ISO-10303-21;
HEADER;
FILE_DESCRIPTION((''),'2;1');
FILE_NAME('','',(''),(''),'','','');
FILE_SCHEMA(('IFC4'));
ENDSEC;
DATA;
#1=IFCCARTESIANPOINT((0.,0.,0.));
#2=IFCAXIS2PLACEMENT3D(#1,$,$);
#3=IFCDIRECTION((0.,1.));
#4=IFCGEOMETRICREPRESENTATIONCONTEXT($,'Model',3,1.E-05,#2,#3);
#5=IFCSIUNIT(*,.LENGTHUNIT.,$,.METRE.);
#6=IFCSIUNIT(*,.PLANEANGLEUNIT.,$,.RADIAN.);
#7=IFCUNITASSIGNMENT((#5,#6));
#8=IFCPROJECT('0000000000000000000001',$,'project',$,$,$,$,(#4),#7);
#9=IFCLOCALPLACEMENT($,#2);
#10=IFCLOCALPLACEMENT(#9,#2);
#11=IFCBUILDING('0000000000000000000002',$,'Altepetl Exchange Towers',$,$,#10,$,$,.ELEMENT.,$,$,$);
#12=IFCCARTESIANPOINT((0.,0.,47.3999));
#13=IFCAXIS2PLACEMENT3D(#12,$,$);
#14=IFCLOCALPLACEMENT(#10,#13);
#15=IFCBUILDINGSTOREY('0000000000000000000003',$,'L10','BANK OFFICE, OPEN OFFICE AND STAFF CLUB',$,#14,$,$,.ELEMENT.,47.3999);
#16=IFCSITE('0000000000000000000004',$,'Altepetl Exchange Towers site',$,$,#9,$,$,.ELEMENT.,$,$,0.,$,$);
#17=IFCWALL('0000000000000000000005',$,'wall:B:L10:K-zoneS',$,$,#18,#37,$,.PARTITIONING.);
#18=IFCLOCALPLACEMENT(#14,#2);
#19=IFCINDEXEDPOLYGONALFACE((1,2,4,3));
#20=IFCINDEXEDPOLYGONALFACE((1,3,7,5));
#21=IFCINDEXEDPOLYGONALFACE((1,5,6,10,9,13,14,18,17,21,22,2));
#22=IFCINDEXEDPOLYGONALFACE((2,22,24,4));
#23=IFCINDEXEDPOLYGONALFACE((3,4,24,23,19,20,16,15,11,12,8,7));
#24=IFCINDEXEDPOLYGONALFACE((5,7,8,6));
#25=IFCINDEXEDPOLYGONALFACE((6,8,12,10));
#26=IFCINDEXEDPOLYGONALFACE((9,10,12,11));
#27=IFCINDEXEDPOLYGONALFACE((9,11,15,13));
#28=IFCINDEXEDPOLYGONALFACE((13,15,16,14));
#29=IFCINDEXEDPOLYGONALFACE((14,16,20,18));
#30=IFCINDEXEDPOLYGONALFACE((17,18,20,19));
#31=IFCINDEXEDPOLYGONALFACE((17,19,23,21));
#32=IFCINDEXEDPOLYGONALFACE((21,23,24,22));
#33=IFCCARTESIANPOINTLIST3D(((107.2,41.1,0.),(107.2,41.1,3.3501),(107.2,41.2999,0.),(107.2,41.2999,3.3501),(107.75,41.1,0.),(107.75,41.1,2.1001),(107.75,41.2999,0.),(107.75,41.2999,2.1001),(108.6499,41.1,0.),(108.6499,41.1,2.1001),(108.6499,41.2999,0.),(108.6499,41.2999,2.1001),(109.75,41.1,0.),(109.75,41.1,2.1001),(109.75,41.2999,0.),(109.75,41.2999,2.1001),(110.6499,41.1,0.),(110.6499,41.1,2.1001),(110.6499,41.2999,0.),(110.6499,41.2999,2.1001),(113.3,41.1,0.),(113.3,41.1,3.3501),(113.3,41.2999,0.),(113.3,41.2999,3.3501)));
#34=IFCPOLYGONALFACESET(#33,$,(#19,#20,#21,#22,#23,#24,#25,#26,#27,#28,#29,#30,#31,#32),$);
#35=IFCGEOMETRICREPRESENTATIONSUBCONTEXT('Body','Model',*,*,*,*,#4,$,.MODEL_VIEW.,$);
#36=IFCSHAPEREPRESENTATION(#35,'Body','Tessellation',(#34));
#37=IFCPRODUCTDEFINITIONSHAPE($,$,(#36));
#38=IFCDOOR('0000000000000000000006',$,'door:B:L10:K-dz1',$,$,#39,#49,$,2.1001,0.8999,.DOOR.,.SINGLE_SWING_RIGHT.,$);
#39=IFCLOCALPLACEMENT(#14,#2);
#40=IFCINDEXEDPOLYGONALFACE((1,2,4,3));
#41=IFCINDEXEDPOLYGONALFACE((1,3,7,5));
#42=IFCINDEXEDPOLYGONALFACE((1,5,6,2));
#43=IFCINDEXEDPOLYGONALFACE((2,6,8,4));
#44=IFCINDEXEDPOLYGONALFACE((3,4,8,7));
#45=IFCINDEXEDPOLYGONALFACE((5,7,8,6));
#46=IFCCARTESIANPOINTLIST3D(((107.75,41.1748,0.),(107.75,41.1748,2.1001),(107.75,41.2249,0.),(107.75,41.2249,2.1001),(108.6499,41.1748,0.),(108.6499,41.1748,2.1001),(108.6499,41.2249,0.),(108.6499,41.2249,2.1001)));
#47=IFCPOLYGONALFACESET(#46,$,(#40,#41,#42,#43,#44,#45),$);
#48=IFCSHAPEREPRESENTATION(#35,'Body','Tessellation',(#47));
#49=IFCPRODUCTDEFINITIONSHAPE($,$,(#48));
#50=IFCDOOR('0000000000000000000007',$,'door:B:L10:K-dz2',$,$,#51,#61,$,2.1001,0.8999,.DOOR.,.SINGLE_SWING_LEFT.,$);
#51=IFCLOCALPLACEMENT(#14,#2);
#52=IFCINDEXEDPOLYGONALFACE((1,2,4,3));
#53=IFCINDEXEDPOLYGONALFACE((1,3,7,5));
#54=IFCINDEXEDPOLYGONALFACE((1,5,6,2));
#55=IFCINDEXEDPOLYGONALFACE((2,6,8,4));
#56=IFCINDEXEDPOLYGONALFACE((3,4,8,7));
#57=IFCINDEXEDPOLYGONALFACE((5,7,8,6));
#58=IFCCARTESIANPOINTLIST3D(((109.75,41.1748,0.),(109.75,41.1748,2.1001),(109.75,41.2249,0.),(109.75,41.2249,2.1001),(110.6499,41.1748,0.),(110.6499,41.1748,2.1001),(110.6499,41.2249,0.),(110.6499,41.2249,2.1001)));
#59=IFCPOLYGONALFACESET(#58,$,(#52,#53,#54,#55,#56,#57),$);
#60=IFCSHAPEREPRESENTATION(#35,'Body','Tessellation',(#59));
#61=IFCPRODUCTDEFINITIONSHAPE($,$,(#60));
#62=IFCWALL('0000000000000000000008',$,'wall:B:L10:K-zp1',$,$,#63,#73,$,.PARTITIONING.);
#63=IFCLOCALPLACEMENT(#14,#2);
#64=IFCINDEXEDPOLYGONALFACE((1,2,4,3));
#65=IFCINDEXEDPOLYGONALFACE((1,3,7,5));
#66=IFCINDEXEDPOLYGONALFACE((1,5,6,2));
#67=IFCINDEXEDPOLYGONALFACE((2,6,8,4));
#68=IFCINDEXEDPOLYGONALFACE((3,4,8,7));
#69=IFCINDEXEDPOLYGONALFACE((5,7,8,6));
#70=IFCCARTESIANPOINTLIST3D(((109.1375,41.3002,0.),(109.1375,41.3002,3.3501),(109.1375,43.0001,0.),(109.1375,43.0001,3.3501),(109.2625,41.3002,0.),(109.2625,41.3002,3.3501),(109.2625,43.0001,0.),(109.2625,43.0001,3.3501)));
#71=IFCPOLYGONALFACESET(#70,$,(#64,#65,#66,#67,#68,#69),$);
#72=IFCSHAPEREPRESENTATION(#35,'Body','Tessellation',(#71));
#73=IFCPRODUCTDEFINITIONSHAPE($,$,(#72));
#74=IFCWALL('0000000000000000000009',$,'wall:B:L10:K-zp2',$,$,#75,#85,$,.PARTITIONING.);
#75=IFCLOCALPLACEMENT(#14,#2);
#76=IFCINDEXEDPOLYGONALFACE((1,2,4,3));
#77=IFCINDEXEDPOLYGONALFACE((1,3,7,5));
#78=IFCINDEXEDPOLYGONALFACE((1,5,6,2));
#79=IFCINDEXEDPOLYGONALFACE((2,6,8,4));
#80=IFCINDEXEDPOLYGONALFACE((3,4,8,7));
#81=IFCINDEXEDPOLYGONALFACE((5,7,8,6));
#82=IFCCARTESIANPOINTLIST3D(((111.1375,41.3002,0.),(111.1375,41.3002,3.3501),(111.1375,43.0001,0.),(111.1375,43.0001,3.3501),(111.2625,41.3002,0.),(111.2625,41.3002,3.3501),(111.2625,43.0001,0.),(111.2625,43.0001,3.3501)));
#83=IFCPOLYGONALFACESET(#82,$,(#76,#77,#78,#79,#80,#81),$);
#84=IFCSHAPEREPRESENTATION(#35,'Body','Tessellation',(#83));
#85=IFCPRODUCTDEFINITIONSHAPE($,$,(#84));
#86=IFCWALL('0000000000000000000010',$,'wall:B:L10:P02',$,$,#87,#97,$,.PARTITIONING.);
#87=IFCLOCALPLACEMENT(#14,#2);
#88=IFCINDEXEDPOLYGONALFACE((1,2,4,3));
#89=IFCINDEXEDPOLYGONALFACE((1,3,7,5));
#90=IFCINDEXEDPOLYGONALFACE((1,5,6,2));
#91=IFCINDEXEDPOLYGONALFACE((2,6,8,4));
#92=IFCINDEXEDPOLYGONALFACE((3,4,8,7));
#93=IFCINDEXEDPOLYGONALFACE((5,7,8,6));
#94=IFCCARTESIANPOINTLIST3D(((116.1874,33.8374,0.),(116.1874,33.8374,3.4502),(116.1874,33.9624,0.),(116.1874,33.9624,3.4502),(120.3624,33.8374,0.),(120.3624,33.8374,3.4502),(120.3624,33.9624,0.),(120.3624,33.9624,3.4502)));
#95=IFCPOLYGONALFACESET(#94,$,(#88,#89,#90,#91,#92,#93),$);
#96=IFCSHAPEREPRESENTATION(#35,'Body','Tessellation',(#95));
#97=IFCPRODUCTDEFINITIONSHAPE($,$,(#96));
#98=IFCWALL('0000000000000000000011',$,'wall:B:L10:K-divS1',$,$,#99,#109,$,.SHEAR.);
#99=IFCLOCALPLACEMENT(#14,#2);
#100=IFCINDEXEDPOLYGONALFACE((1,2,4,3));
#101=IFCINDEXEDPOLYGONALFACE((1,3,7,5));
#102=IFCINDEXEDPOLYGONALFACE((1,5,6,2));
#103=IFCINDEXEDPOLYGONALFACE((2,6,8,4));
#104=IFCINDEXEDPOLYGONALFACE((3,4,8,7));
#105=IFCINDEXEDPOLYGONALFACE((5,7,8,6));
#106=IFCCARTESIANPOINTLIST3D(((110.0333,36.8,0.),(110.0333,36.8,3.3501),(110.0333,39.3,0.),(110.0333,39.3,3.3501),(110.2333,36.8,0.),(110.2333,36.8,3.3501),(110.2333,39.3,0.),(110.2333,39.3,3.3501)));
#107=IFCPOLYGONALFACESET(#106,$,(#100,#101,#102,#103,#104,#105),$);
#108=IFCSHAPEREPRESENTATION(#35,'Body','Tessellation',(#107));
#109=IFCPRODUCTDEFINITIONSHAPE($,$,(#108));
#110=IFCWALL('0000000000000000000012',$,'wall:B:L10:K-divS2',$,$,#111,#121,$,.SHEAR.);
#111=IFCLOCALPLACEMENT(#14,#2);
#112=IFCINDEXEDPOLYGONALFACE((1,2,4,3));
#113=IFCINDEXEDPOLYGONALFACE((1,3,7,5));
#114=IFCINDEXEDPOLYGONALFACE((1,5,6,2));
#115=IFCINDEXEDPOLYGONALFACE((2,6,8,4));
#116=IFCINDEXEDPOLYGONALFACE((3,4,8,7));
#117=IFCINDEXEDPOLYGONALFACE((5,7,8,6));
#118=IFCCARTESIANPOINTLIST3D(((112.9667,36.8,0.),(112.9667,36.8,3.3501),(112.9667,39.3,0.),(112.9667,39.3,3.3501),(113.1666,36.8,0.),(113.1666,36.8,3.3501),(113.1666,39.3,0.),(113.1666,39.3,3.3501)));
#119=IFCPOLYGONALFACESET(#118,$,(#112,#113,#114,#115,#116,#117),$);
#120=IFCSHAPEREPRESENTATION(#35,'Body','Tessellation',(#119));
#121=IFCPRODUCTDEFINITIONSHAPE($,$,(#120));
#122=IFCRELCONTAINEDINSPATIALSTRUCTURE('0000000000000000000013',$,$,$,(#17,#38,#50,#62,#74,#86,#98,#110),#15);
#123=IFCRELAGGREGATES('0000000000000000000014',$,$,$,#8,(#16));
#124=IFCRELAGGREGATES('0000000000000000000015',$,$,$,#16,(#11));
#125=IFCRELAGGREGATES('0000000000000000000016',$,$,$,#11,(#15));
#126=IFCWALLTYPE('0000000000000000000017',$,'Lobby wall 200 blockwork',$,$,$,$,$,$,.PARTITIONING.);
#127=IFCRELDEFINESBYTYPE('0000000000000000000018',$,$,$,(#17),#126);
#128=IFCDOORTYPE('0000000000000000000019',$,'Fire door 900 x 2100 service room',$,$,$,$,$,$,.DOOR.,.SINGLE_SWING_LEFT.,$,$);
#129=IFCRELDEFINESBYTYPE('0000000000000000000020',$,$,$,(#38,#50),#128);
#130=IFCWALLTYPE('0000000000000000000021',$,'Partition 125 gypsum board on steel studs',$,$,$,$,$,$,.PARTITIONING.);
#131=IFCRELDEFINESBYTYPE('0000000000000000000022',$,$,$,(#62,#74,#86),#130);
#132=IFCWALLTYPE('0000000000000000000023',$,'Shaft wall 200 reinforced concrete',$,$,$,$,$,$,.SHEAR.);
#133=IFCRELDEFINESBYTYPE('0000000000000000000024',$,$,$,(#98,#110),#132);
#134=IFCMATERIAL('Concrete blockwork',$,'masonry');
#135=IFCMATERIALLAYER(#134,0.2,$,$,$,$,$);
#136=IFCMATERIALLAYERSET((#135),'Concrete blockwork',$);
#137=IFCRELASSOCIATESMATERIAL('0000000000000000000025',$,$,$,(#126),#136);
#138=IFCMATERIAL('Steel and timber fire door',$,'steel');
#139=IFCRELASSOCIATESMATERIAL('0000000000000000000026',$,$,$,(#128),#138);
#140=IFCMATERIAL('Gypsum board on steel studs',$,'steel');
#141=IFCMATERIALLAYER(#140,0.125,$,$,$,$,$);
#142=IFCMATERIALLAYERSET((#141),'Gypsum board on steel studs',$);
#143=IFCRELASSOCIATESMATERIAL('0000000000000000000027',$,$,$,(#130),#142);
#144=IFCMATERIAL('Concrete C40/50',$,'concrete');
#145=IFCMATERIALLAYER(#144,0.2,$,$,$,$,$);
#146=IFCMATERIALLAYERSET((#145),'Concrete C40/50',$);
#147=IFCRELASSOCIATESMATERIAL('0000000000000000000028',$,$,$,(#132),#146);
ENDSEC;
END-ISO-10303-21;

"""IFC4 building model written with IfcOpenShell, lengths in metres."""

from ifc_helpers import new_model, si_unit, direction, frame, frame_2d, origin, place, context, subcontext, project, spatial, rectangle, extrude, material, layer, layer_set, type_object, element, fill, save


model = new_model("IFC4")

# Units and contexts
model_context = context("Model", 3, precision=1e-05, world=origin(), true_north=direction((0.0, 1.0)))
body_context = subcontext(model_context, "Body", "Model", "MODEL_VIEW")
ifc_project = project(units=[si_unit("LENGTHUNIT", "METRE"), si_unit("PLANEANGLEUNIT", "RADIAN")], contexts=[model_context])

# Site, building, storey
site_placement = place(None, origin())
site = spatial("IfcSite", under=ifc_project, at=site_placement, Name="Altepetl Exchange Towers site", CompositionType="ELEMENT", RefElevation=0.0)
building_placement = place(site_placement, origin())
building = spatial("IfcBuilding", under=site, at=building_placement, Name="Altepetl Exchange Towers", CompositionType="ELEMENT")
storey_placement = place(building_placement, frame((0.0, 0.0, 47.3999)))
storey = spatial("IfcBuildingStorey", under=building, at=storey_placement, Name="L10", Description="BANK OFFICE, OPEN OFFICE AND STAFF CLUB", CompositionType="ELEMENT", Elevation=47.3999)

# Shared definitions
ifc_material_1 = material(Name="Steel and timber fire door", Category="steel")

# Wall, openings, doors
ifc_material_2 = material(Name="Concrete blockwork", Category="masonry")
ifc_layer_1 = layer(ifc_material_2, 0.2)
ifc_layer_set_1 = layer_set([ifc_layer_1], Name="Concrete blockwork")
wall_type_1 = type_object("IfcWallType", Name="Lobby wall 200 blockwork", PredefinedType="PARTITIONING", material=ifc_layer_set_1)
wall_1_placement = place(storey_placement, frame((107.2, 41.2, 0.0)))
wall_1 = element("IfcWall", 1, at=wall_1_placement, inside=storey, type_object=wall_type_1, Name="wall:B:L10:K-zoneS", PredefinedType="PARTITIONING", context=body_context, shape_type="SweptSolid", body=[
    extrude(rectangle(XDim=6.1001, YDim=0.2, at=frame_2d((3.05, 0.0))), origin(), (0.0, 0.0, 1.0), 3.3501),
])
opening_1_placement = place(wall_1_placement, frame((0.55, 0.0, 0.0)))
opening_1 = element("IfcOpeningElement", 2, at=opening_1_placement, cuts=wall_1, PredefinedType="OPENING", context=body_context, shape_type="SweptSolid", body=[
    extrude(rectangle(XDim=0.8999, YDim=2.1001, at=frame_2d((0.45, 1.05))), frame((0.0, 0.1099, 0.0), z_axis=(0.0, -1.0, 0.0), x_axis=(1.0, 0.0, 0.0)), (0.0, 0.0, 1.0), 0.22),
])
opening_2_placement = place(wall_1_placement, frame((2.55, 0.0, 0.0)))
opening_2 = element("IfcOpeningElement", 3, at=opening_2_placement, cuts=wall_1, PredefinedType="OPENING", context=body_context, shape_type="SweptSolid", body=[
    extrude(rectangle(XDim=0.8999, YDim=2.1001, at=frame_2d((0.45, 1.05))), frame((0.0, 0.1099, 0.0), z_axis=(0.0, -1.0, 0.0), x_axis=(1.0, 0.0, 0.0)), (0.0, 0.0, 1.0), 0.22),
])
door_type_1 = type_object("IfcDoorType", Name="Fire door 900 x 2100 service room", OperationType="SINGLE_SWING_LEFT", PredefinedType="DOOR", material=ifc_material_1)
door_1_placement = place(opening_1_placement, origin())
door_1 = element("IfcDoor", 4, at=door_1_placement, inside=storey, type_object=door_type_1, Name="door:B:L10:K-dz1", OperationType="SINGLE_SWING_RIGHT", OverallHeight=2.1001, OverallWidth=0.8999, PredefinedType="DOOR", context=body_context, shape_type="SweptSolid", body=[
    extrude(rectangle(XDim=0.8999, YDim=2.1001, at=frame_2d((0.45, 1.05))), frame((0.0, 0.0249, 0.0), z_axis=(0.0, -1.0, 0.0), x_axis=(1.0, 0.0, 0.0)), (0.0, 0.0, 1.0), 0.05),
])
fill(opening_1, door_1)
door_2_placement = place(opening_2_placement, origin())
door_2 = element("IfcDoor", 5, at=door_2_placement, inside=storey, type_object=door_type_1, Name="door:B:L10:K-dz2", OperationType="SINGLE_SWING_LEFT", OverallHeight=2.1001, OverallWidth=0.8999, PredefinedType="DOOR", context=body_context, shape_type="SweptSolid", body=[
    extrude(rectangle(XDim=0.8999, YDim=2.1001, at=frame_2d((0.45, 1.05))), frame((0.0, 0.0249, 0.0), z_axis=(0.0, -1.0, 0.0), x_axis=(1.0, 0.0, 0.0)), (0.0, 0.0, 1.0), 0.05),
])
fill(opening_2, door_2)

# Walls
ifc_material_3 = material(Name="Gypsum board on steel studs", Category="steel")
ifc_layer_2 = layer(ifc_material_3, 0.125)
ifc_layer_set_2 = layer_set([ifc_layer_2], Name="Gypsum board on steel studs")
wall_type_2 = type_object("IfcWallType", Name="Partition 125 gypsum board on steel studs", PredefinedType="PARTITIONING", material=ifc_layer_set_2)
for number, where, z_axis, x_axis, name in (
    (6, (109.2, 41.3, 0.0), (0.0, 0.0, 1.0), (0.0, 1.0, 0.0), "wall:B:L10:K-zp1"),
    (7, (111.2, 41.3, 0.0), (0.0, 0.0, 1.0), (0.0, 1.0, 0.0), "wall:B:L10:K-zp2"),
):
    element("IfcWall", number, at=place(storey_placement, frame(where, z_axis=z_axis, x_axis=x_axis)), inside=storey, type_object=wall_type_2, Name=name, PredefinedType="PARTITIONING", context=body_context, shape_type="SweptSolid", body=[
        extrude(rectangle(XDim=1.7, YDim=0.125, at=frame_2d((0.8501, 0.0))), origin(), (0.0, 0.0, 1.0), 3.3501),
    ])
wall_2_placement = place(storey_placement, frame((116.1875, 33.8999, 0.0)))
element("IfcWall", 8, at=wall_2_placement, inside=storey, type_object=wall_type_2, Name="wall:B:L10:P02", PredefinedType="PARTITIONING", context=body_context, shape_type="SweptSolid", body=[
    extrude(rectangle(XDim=4.175, YDim=0.125, at=frame_2d((2.0874, 0.0))), origin(), (0.0, 0.0, 1.0), 3.4502),
])
ifc_material_4 = material(Name="Concrete C40/50", Category="concrete")
ifc_layer_3 = layer(ifc_material_4, 0.2)
ifc_layer_set_3 = layer_set([ifc_layer_3], Name="Concrete C40/50")
wall_type_3 = type_object("IfcWallType", Name="Shaft wall 200 reinforced concrete", PredefinedType="SHEAR", material=ifc_layer_set_3)
for number, where, z_axis, x_axis, name in (
    (9, (110.1333, 36.8, 0.0), (0.0, 0.0, 1.0), (0.0, 1.0, 0.0), "wall:B:L10:K-divS1"),
    (10, (113.0667, 36.8, 0.0), (0.0, 0.0, 1.0), (0.0, 1.0, 0.0), "wall:B:L10:K-divS2"),
):
    element("IfcWall", number, at=place(storey_placement, frame(where, z_axis=z_axis, x_axis=x_axis)), inside=storey, type_object=wall_type_3, Name=name, PredefinedType="SHEAR", context=body_context, shape_type="SweptSolid", body=[
        extrude(rectangle(XDim=2.5, YDim=0.2, at=frame_2d((1.25, 0.0))), origin(), (0.0, 0.0, 1.0), 3.3501),
    ])

save(model, "model.ifc")
